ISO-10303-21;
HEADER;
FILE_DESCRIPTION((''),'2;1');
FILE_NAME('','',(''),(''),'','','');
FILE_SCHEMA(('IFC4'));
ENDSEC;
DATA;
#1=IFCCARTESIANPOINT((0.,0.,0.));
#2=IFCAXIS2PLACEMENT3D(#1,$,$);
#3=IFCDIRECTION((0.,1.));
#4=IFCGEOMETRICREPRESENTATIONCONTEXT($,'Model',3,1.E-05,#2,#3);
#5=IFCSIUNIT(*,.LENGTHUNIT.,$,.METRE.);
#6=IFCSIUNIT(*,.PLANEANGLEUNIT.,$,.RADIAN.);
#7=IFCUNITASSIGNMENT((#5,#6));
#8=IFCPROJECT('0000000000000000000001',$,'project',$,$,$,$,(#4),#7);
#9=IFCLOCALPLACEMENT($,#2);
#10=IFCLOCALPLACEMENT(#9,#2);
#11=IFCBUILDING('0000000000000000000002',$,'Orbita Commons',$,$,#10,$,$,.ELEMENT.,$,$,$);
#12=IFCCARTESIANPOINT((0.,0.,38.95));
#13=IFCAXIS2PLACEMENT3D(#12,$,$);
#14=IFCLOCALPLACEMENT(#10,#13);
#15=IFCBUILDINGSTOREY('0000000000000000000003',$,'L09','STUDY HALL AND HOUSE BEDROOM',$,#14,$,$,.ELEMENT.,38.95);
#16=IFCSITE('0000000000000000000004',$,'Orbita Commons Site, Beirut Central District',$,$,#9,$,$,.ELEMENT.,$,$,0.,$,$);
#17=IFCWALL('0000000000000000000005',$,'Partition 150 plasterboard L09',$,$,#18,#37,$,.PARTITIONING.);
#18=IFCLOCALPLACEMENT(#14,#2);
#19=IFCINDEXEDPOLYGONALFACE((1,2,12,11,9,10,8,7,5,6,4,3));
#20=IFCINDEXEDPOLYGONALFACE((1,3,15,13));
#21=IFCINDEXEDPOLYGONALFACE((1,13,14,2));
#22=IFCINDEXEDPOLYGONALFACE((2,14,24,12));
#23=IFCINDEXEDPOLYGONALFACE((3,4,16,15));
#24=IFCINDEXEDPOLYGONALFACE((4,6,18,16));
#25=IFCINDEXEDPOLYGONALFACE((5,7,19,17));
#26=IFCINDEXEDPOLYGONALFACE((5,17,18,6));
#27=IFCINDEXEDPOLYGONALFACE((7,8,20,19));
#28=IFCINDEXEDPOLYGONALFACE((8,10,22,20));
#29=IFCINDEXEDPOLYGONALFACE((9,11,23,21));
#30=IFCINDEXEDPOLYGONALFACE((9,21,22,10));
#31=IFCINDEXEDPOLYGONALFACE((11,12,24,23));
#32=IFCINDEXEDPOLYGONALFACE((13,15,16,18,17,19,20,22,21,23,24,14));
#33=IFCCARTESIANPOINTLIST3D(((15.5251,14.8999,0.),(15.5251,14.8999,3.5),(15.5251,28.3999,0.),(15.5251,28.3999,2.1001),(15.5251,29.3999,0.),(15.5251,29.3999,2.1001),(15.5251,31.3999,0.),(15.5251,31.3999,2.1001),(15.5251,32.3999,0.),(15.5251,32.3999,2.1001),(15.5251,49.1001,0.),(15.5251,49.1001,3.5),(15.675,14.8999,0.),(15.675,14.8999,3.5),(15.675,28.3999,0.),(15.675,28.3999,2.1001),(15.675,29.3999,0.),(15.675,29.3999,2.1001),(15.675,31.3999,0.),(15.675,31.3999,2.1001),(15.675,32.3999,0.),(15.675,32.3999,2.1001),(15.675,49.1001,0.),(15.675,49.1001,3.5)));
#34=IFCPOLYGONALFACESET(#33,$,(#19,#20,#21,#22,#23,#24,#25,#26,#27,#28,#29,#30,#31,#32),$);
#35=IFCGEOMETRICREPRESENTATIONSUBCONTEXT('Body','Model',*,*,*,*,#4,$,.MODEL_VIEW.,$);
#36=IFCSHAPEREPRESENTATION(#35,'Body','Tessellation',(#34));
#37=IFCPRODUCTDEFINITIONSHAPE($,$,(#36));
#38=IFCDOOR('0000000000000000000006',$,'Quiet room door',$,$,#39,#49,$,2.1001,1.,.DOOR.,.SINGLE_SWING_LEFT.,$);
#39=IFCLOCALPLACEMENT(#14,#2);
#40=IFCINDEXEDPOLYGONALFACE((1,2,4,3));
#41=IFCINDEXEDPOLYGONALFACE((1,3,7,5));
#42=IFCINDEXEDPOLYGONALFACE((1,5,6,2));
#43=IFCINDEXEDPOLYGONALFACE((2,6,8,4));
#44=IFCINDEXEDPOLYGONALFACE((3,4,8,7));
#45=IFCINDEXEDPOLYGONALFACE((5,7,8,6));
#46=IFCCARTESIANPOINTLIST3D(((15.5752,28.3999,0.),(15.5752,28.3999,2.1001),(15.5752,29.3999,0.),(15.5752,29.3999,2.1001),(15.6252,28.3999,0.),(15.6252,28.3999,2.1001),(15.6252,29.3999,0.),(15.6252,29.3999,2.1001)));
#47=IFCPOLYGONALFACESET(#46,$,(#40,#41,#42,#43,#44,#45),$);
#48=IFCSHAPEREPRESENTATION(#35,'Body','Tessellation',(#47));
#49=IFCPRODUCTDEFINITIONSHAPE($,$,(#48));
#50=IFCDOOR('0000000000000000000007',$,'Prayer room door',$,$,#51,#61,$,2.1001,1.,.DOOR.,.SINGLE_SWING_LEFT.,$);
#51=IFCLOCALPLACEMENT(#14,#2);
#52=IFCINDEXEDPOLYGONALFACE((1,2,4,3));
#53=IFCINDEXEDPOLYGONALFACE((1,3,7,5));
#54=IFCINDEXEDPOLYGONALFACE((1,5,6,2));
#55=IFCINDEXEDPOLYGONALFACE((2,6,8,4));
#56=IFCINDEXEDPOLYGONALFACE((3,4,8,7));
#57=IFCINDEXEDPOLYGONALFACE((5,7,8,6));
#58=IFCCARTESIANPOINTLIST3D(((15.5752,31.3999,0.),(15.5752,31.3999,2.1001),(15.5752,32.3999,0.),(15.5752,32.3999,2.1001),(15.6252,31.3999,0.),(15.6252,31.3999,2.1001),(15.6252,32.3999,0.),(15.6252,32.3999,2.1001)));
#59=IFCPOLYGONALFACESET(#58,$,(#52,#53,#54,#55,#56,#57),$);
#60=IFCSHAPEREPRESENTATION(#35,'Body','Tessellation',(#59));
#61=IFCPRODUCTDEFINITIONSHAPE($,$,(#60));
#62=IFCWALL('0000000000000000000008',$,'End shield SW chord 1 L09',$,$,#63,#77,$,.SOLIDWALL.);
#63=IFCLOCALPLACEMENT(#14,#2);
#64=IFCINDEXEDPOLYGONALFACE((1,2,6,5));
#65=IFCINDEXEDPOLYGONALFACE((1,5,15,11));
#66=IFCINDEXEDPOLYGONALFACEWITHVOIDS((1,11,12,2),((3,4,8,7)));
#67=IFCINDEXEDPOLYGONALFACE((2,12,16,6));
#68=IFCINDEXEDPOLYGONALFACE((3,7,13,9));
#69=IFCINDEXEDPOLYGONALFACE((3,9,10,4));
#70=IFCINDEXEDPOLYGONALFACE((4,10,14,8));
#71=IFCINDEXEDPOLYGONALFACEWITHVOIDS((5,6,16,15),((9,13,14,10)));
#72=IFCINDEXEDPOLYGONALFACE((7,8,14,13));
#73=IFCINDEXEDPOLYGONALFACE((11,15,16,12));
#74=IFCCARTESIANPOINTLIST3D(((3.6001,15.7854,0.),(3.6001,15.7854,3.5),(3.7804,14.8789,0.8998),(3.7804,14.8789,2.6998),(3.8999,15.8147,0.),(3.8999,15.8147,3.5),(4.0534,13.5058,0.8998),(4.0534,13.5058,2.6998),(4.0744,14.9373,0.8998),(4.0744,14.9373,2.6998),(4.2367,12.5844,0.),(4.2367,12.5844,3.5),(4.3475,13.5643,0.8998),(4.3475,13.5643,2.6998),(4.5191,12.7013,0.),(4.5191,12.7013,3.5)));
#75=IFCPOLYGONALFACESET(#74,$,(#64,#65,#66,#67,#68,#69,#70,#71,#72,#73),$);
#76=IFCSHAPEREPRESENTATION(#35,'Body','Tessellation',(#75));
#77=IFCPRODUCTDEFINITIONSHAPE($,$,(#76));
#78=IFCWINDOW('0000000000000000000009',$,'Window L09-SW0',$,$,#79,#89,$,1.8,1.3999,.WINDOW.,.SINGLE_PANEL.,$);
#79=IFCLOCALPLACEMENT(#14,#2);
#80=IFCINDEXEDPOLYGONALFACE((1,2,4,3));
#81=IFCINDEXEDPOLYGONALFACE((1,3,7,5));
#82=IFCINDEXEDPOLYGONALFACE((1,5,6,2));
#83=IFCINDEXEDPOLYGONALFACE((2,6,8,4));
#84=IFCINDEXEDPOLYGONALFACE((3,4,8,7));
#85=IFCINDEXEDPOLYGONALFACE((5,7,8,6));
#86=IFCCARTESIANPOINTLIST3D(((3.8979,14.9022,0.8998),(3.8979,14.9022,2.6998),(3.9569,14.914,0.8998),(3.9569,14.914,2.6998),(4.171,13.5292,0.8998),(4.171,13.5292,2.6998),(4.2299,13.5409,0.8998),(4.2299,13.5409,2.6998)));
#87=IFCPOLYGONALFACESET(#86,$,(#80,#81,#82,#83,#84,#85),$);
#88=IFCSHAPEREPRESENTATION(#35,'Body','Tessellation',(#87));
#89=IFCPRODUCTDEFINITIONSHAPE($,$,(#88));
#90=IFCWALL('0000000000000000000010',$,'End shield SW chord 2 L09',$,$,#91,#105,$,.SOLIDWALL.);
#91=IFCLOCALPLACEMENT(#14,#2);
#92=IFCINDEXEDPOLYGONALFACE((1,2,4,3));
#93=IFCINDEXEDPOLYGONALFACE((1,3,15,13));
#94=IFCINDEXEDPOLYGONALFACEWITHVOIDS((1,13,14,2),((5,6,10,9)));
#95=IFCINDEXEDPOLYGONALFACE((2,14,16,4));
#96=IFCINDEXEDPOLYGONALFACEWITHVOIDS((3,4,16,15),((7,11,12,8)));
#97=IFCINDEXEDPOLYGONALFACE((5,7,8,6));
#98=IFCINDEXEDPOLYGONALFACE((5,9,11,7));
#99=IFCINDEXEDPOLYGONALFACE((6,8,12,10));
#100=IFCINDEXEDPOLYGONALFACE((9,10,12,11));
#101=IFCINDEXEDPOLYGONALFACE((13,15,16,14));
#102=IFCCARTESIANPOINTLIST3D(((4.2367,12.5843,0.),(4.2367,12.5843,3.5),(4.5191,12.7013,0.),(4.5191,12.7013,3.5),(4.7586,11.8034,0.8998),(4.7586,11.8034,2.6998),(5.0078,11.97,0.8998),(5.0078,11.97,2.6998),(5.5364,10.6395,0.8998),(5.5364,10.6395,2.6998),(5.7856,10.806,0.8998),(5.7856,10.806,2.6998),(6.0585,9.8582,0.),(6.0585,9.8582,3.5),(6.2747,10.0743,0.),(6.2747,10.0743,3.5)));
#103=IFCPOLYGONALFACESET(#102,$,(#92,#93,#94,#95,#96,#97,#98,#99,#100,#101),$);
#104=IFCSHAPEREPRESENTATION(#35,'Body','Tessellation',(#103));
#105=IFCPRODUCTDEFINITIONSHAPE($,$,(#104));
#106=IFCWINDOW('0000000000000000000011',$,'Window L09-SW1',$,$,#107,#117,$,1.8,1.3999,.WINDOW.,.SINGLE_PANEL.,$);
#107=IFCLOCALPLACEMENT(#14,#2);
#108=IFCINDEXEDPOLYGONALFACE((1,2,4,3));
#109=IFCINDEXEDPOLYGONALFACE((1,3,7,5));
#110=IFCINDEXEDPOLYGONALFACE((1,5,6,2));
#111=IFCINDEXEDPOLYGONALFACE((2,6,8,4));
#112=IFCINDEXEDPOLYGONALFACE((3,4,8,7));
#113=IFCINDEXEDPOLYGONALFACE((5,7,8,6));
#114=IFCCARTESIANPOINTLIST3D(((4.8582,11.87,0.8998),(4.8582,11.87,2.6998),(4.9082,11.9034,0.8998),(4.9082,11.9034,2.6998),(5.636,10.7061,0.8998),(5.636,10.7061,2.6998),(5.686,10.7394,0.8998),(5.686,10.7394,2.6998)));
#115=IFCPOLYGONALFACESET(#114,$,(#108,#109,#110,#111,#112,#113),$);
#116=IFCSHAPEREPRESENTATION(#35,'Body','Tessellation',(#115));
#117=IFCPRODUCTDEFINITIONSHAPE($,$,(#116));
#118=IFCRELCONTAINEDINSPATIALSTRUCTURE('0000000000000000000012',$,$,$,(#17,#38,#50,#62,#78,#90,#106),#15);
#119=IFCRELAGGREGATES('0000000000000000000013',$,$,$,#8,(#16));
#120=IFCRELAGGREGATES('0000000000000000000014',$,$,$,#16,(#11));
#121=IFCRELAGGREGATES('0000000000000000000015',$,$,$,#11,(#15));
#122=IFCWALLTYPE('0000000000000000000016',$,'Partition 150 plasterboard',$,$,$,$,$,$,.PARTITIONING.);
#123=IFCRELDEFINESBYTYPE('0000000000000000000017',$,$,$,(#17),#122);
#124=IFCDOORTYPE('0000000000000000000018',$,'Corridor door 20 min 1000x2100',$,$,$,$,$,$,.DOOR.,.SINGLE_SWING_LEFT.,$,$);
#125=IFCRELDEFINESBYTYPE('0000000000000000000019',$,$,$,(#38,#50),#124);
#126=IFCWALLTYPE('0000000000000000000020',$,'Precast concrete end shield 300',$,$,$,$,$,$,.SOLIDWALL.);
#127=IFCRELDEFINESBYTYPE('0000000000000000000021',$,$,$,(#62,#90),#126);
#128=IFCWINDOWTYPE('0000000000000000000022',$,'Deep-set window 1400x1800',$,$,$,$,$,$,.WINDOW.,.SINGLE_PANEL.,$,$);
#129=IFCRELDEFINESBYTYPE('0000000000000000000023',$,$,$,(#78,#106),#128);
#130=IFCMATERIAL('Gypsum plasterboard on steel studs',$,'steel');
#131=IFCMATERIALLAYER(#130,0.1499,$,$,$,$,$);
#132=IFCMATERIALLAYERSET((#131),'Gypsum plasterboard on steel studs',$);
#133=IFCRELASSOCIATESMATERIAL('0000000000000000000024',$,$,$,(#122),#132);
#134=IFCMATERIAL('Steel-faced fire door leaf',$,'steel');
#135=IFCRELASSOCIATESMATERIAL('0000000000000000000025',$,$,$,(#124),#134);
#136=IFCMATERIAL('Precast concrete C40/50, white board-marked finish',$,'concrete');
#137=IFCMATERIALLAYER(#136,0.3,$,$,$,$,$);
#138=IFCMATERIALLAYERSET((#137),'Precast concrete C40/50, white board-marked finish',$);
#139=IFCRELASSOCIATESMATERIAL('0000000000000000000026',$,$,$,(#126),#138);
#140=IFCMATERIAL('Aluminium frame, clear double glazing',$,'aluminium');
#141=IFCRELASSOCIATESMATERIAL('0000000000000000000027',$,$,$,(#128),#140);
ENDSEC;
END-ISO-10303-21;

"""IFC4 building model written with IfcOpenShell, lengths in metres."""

from ifc_helpers import new_model, si_unit, direction, frame, frame_2d, origin, place, context, subcontext, project, spatial, polyline, rectangle, outline, extrude, material, layer, layer_set, type_object, element, fill, save


model = new_model("IFC4")

# Units and contexts
model_context = context("Model", 3, precision=1e-05, world=origin(), true_north=direction((0.0, 1.0)))
body_context = subcontext(model_context, "Body", "Model", "MODEL_VIEW")
ifc_project = project(units=[si_unit("LENGTHUNIT", "METRE"), si_unit("PLANEANGLEUNIT", "RADIAN")], contexts=[model_context])

# Site, building, storey
site_placement = place(None, origin())
site = spatial("IfcSite", under=ifc_project, at=site_placement, Name="Orbita Commons Site, Beirut Central District", CompositionType="ELEMENT", RefElevation=0.0)
building_placement = place(site_placement, origin())
building = spatial("IfcBuilding", under=site, at=building_placement, Name="Orbita Commons", CompositionType="ELEMENT")
storey_placement = place(building_placement, frame((0.0, 0.0, 38.95)))
storey = spatial("IfcBuildingStorey", under=building, at=storey_placement, Name="L09", Description="STUDY HALL AND HOUSE BEDROOM", CompositionType="ELEMENT", Elevation=38.95)

# Wall, openings, doors
ifc_material_1 = material(Name="Gypsum plasterboard on steel studs", Category="steel")
ifc_layer_1 = layer(ifc_material_1, 0.1499)
ifc_layer_set_1 = layer_set([ifc_layer_1], Name="Gypsum plasterboard on steel studs")
wall_type_1 = type_object("IfcWallType", Name="Partition 150 plasterboard", PredefinedType="PARTITIONING", material=ifc_layer_set_1)
wall_1_placement = place(storey_placement, frame((15.6001, 14.8999, 0.0), z_axis=(0.0, 0.0, 1.0), x_axis=(0.0, 1.0, 0.0)))
wall_1 = element("IfcWall", 1, at=wall_1_placement, inside=storey, type_object=wall_type_1, Name="Partition 150 plasterboard L09", PredefinedType="PARTITIONING", context=body_context, shape_type="SweptSolid", body=[
    extrude(rectangle(XDim=34.2002, YDim=0.1499, at=frame_2d((17.1001, 0.0))), origin(), (0.0, 0.0, 1.0), 3.5),
])
opening_1_placement = place(wall_1_placement, frame((13.5, 0.0, 0.0)))
opening_1 = element("IfcOpeningElement", 2, at=opening_1_placement, cuts=wall_1, PredefinedType="OPENING", context=body_context, shape_type="SweptSolid", body=[
    extrude(rectangle(XDim=1.0, YDim=2.1001, at=frame_2d((0.5, 1.05))), frame((0.0, 0.085, 0.0), z_axis=(0.0, -1.0, 0.0), x_axis=(1.0, 0.0, 0.0)), (0.0, 0.0, 1.0), 0.1699),
])
opening_2_placement = place(wall_1_placement, frame((16.5, 0.0, 0.0)))
opening_2 = element("IfcOpeningElement", 3, at=opening_2_placement, cuts=wall_1, PredefinedType="OPENING", context=body_context, shape_type="SweptSolid", body=[
    extrude(rectangle(XDim=1.0, YDim=2.1001, at=frame_2d((0.5, 1.05))), frame((0.0, 0.085, 0.0), z_axis=(0.0, -1.0, 0.0), x_axis=(1.0, 0.0, 0.0)), (0.0, 0.0, 1.0), 0.1699),
])
ifc_material_2 = material(Name="Steel-faced fire door leaf", Category="steel")
door_type_1 = type_object("IfcDoorType", Name="Corridor door 20 min 1000x2100", OperationType="SINGLE_SWING_LEFT", PredefinedType="DOOR", material=ifc_material_2)
door_1_placement = place(opening_1_placement, origin())
door_1 = element("IfcDoor", 4, at=door_1_placement, inside=storey, type_object=door_type_1, Name="Quiet room door", OperationType="SINGLE_SWING_LEFT", OverallHeight=2.1001, OverallWidth=1.0, PredefinedType="DOOR", context=body_context, shape_type="SweptSolid", body=[
    extrude(rectangle(XDim=1.0, YDim=2.1001, at=frame_2d((0.5, 1.05))), frame((0.0, 0.0249, 0.0), z_axis=(0.0, -1.0, 0.0), x_axis=(1.0, 0.0, 0.0)), (0.0, 0.0, 1.0), 0.05),
])
fill(opening_1, door_1)
door_2_placement = place(opening_2_placement, origin())
door_2 = element("IfcDoor", 5, at=door_2_placement, inside=storey, type_object=door_type_1, Name="Prayer room door", OperationType="SINGLE_SWING_LEFT", OverallHeight=2.1001, OverallWidth=1.0, PredefinedType="DOOR", context=body_context, shape_type="SweptSolid", body=[
    extrude(rectangle(XDim=1.0, YDim=2.1001, at=frame_2d((0.5, 1.05))), frame((0.0, 0.0249, 0.0), z_axis=(0.0, -1.0, 0.0), x_axis=(1.0, 0.0, 0.0)), (0.0, 0.0, 1.0), 0.05),
])
fill(opening_2, door_2)

# Walls, openings, windows
ifc_material_3 = material(Name="Precast concrete C40/50, white board-marked finish", Category="concrete")
ifc_layer_2 = layer(ifc_material_3, 0.3)
ifc_layer_set_2 = layer_set([ifc_layer_2], Name="Precast concrete C40/50, white board-marked finish")
wall_type_2 = type_object("IfcWallType", Name="Precast concrete end shield 300", PredefinedType="SOLIDWALL", material=ifc_layer_set_2)
wall_2_placement = place(storey_placement, frame((3.75, 15.8, 0.0), z_axis=(0.0, 0.0, 1.0), x_axis=(0.195066, -0.98079, 0.0)))
wall_2 = element("IfcWall", 6, at=wall_2_placement, inside=storey, type_object=wall_type_2, Name="End shield SW chord 1 L09", PredefinedType="SOLIDWALL", context=body_context, shape_type="SweptSolid", body=[
    extrude(outline(polyline([(-0.0149, -0.1499), (3.2488, -0.1499), (3.1892, 0.1499), (0.0149, 0.1499), (-0.0149, -0.1499)])), origin(), (0.0, 0.0, 1.0), 3.5),
])
opening_3_placement = place(wall_2_placement, frame((0.9094, 0.0, 0.8999)))
opening_3 = element("IfcOpeningElement", 7, at=opening_3_placement, cuts=wall_2, PredefinedType="OPENING", context=body_context, shape_type="SweptSolid", body=[
    extrude(rectangle(XDim=1.3999, YDim=1.8, at=frame_2d((0.7, 0.8999))), frame((0.0, 0.1599, 0.0), z_axis=(0.0, -1.0, 0.0), x_axis=(1.0, 0.0, 0.0)), (0.0, 0.0, 1.0), 0.3201),
])
ifc_material_4 = material(Name="Aluminium frame, clear double glazing", Category="aluminium")
window_type = type_object("IfcWindowType", Name="Deep-set window 1400x1800", PartitioningType="SINGLE_PANEL", PredefinedType="WINDOW", material=ifc_material_4)
window_1_placement = place(opening_3_placement, origin())
window_1 = element("IfcWindow", 8, at=window_1_placement, inside=storey, type_object=window_type, Name="Window L09-SW0", OverallHeight=1.8, OverallWidth=1.3999, PartitioningType="SINGLE_PANEL", PredefinedType="WINDOW", context=body_context, shape_type="SweptSolid", body=[
    extrude(rectangle(XDim=1.3999, YDim=1.8, at=frame_2d((0.7, 0.8999))), frame((0.0, 0.03, 0.0), z_axis=(0.0, -1.0, 0.0), x_axis=(1.0, 0.0, 0.0)), (0.0, 0.0, 1.0), 0.0601),
])
fill(opening_3, window_1)
wall_3_placement = place(storey_placement, frame((4.3779, 12.6428, 0.0), z_axis=(0.0, 0.0, 1.0), x_axis=(0.55561, -0.831443, 0.0)))
wall_3 = element("IfcWall", 9, at=wall_3_placement, inside=storey, type_object=wall_type_2, Name="End shield SW chord 2 L09", PredefinedType="SOLIDWALL", context=body_context, shape_type="SweptSolid", body=[
    extrude(outline(polyline([(-0.0298, -0.1499), (3.249, -0.1499), (3.1895, 0.1499), (0.0298, 0.1499), (-0.0298, -0.1499)])), origin(), (0.0, 0.0, 1.0), 3.5),
])
opening_4_placement = place(wall_3_placement, frame((0.9094, 0.0, 0.8999)))
opening_4 = element("IfcOpeningElement", 10, at=opening_4_placement, cuts=wall_3, PredefinedType="OPENING", context=body_context, shape_type="SweptSolid", body=[
    extrude(rectangle(XDim=1.3999, YDim=1.8, at=frame_2d((0.7, 0.8999))), frame((0.0, 0.1599, 0.0), z_axis=(0.0, -1.0, 0.0), x_axis=(1.0, 0.0, 0.0)), (0.0, 0.0, 1.0), 0.3201),
])
window_2_placement = place(opening_4_placement, origin())
window_2 = element("IfcWindow", 11, at=window_2_placement, inside=storey, type_object=window_type, Name="Window L09-SW1", OverallHeight=1.8, OverallWidth=1.3999, PartitioningType="SINGLE_PANEL", PredefinedType="WINDOW", context=body_context, shape_type="SweptSolid", body=[
    extrude(rectangle(XDim=1.3999, YDim=1.8, at=frame_2d((0.7, 0.8999))), frame((0.0, 0.03, 0.0), z_axis=(0.0, -1.0, 0.0), x_axis=(1.0, 0.0, 0.0)), (0.0, 0.0, 1.0), 0.0601),
])
fill(opening_4, window_2)

save(model, "model.ifc")
